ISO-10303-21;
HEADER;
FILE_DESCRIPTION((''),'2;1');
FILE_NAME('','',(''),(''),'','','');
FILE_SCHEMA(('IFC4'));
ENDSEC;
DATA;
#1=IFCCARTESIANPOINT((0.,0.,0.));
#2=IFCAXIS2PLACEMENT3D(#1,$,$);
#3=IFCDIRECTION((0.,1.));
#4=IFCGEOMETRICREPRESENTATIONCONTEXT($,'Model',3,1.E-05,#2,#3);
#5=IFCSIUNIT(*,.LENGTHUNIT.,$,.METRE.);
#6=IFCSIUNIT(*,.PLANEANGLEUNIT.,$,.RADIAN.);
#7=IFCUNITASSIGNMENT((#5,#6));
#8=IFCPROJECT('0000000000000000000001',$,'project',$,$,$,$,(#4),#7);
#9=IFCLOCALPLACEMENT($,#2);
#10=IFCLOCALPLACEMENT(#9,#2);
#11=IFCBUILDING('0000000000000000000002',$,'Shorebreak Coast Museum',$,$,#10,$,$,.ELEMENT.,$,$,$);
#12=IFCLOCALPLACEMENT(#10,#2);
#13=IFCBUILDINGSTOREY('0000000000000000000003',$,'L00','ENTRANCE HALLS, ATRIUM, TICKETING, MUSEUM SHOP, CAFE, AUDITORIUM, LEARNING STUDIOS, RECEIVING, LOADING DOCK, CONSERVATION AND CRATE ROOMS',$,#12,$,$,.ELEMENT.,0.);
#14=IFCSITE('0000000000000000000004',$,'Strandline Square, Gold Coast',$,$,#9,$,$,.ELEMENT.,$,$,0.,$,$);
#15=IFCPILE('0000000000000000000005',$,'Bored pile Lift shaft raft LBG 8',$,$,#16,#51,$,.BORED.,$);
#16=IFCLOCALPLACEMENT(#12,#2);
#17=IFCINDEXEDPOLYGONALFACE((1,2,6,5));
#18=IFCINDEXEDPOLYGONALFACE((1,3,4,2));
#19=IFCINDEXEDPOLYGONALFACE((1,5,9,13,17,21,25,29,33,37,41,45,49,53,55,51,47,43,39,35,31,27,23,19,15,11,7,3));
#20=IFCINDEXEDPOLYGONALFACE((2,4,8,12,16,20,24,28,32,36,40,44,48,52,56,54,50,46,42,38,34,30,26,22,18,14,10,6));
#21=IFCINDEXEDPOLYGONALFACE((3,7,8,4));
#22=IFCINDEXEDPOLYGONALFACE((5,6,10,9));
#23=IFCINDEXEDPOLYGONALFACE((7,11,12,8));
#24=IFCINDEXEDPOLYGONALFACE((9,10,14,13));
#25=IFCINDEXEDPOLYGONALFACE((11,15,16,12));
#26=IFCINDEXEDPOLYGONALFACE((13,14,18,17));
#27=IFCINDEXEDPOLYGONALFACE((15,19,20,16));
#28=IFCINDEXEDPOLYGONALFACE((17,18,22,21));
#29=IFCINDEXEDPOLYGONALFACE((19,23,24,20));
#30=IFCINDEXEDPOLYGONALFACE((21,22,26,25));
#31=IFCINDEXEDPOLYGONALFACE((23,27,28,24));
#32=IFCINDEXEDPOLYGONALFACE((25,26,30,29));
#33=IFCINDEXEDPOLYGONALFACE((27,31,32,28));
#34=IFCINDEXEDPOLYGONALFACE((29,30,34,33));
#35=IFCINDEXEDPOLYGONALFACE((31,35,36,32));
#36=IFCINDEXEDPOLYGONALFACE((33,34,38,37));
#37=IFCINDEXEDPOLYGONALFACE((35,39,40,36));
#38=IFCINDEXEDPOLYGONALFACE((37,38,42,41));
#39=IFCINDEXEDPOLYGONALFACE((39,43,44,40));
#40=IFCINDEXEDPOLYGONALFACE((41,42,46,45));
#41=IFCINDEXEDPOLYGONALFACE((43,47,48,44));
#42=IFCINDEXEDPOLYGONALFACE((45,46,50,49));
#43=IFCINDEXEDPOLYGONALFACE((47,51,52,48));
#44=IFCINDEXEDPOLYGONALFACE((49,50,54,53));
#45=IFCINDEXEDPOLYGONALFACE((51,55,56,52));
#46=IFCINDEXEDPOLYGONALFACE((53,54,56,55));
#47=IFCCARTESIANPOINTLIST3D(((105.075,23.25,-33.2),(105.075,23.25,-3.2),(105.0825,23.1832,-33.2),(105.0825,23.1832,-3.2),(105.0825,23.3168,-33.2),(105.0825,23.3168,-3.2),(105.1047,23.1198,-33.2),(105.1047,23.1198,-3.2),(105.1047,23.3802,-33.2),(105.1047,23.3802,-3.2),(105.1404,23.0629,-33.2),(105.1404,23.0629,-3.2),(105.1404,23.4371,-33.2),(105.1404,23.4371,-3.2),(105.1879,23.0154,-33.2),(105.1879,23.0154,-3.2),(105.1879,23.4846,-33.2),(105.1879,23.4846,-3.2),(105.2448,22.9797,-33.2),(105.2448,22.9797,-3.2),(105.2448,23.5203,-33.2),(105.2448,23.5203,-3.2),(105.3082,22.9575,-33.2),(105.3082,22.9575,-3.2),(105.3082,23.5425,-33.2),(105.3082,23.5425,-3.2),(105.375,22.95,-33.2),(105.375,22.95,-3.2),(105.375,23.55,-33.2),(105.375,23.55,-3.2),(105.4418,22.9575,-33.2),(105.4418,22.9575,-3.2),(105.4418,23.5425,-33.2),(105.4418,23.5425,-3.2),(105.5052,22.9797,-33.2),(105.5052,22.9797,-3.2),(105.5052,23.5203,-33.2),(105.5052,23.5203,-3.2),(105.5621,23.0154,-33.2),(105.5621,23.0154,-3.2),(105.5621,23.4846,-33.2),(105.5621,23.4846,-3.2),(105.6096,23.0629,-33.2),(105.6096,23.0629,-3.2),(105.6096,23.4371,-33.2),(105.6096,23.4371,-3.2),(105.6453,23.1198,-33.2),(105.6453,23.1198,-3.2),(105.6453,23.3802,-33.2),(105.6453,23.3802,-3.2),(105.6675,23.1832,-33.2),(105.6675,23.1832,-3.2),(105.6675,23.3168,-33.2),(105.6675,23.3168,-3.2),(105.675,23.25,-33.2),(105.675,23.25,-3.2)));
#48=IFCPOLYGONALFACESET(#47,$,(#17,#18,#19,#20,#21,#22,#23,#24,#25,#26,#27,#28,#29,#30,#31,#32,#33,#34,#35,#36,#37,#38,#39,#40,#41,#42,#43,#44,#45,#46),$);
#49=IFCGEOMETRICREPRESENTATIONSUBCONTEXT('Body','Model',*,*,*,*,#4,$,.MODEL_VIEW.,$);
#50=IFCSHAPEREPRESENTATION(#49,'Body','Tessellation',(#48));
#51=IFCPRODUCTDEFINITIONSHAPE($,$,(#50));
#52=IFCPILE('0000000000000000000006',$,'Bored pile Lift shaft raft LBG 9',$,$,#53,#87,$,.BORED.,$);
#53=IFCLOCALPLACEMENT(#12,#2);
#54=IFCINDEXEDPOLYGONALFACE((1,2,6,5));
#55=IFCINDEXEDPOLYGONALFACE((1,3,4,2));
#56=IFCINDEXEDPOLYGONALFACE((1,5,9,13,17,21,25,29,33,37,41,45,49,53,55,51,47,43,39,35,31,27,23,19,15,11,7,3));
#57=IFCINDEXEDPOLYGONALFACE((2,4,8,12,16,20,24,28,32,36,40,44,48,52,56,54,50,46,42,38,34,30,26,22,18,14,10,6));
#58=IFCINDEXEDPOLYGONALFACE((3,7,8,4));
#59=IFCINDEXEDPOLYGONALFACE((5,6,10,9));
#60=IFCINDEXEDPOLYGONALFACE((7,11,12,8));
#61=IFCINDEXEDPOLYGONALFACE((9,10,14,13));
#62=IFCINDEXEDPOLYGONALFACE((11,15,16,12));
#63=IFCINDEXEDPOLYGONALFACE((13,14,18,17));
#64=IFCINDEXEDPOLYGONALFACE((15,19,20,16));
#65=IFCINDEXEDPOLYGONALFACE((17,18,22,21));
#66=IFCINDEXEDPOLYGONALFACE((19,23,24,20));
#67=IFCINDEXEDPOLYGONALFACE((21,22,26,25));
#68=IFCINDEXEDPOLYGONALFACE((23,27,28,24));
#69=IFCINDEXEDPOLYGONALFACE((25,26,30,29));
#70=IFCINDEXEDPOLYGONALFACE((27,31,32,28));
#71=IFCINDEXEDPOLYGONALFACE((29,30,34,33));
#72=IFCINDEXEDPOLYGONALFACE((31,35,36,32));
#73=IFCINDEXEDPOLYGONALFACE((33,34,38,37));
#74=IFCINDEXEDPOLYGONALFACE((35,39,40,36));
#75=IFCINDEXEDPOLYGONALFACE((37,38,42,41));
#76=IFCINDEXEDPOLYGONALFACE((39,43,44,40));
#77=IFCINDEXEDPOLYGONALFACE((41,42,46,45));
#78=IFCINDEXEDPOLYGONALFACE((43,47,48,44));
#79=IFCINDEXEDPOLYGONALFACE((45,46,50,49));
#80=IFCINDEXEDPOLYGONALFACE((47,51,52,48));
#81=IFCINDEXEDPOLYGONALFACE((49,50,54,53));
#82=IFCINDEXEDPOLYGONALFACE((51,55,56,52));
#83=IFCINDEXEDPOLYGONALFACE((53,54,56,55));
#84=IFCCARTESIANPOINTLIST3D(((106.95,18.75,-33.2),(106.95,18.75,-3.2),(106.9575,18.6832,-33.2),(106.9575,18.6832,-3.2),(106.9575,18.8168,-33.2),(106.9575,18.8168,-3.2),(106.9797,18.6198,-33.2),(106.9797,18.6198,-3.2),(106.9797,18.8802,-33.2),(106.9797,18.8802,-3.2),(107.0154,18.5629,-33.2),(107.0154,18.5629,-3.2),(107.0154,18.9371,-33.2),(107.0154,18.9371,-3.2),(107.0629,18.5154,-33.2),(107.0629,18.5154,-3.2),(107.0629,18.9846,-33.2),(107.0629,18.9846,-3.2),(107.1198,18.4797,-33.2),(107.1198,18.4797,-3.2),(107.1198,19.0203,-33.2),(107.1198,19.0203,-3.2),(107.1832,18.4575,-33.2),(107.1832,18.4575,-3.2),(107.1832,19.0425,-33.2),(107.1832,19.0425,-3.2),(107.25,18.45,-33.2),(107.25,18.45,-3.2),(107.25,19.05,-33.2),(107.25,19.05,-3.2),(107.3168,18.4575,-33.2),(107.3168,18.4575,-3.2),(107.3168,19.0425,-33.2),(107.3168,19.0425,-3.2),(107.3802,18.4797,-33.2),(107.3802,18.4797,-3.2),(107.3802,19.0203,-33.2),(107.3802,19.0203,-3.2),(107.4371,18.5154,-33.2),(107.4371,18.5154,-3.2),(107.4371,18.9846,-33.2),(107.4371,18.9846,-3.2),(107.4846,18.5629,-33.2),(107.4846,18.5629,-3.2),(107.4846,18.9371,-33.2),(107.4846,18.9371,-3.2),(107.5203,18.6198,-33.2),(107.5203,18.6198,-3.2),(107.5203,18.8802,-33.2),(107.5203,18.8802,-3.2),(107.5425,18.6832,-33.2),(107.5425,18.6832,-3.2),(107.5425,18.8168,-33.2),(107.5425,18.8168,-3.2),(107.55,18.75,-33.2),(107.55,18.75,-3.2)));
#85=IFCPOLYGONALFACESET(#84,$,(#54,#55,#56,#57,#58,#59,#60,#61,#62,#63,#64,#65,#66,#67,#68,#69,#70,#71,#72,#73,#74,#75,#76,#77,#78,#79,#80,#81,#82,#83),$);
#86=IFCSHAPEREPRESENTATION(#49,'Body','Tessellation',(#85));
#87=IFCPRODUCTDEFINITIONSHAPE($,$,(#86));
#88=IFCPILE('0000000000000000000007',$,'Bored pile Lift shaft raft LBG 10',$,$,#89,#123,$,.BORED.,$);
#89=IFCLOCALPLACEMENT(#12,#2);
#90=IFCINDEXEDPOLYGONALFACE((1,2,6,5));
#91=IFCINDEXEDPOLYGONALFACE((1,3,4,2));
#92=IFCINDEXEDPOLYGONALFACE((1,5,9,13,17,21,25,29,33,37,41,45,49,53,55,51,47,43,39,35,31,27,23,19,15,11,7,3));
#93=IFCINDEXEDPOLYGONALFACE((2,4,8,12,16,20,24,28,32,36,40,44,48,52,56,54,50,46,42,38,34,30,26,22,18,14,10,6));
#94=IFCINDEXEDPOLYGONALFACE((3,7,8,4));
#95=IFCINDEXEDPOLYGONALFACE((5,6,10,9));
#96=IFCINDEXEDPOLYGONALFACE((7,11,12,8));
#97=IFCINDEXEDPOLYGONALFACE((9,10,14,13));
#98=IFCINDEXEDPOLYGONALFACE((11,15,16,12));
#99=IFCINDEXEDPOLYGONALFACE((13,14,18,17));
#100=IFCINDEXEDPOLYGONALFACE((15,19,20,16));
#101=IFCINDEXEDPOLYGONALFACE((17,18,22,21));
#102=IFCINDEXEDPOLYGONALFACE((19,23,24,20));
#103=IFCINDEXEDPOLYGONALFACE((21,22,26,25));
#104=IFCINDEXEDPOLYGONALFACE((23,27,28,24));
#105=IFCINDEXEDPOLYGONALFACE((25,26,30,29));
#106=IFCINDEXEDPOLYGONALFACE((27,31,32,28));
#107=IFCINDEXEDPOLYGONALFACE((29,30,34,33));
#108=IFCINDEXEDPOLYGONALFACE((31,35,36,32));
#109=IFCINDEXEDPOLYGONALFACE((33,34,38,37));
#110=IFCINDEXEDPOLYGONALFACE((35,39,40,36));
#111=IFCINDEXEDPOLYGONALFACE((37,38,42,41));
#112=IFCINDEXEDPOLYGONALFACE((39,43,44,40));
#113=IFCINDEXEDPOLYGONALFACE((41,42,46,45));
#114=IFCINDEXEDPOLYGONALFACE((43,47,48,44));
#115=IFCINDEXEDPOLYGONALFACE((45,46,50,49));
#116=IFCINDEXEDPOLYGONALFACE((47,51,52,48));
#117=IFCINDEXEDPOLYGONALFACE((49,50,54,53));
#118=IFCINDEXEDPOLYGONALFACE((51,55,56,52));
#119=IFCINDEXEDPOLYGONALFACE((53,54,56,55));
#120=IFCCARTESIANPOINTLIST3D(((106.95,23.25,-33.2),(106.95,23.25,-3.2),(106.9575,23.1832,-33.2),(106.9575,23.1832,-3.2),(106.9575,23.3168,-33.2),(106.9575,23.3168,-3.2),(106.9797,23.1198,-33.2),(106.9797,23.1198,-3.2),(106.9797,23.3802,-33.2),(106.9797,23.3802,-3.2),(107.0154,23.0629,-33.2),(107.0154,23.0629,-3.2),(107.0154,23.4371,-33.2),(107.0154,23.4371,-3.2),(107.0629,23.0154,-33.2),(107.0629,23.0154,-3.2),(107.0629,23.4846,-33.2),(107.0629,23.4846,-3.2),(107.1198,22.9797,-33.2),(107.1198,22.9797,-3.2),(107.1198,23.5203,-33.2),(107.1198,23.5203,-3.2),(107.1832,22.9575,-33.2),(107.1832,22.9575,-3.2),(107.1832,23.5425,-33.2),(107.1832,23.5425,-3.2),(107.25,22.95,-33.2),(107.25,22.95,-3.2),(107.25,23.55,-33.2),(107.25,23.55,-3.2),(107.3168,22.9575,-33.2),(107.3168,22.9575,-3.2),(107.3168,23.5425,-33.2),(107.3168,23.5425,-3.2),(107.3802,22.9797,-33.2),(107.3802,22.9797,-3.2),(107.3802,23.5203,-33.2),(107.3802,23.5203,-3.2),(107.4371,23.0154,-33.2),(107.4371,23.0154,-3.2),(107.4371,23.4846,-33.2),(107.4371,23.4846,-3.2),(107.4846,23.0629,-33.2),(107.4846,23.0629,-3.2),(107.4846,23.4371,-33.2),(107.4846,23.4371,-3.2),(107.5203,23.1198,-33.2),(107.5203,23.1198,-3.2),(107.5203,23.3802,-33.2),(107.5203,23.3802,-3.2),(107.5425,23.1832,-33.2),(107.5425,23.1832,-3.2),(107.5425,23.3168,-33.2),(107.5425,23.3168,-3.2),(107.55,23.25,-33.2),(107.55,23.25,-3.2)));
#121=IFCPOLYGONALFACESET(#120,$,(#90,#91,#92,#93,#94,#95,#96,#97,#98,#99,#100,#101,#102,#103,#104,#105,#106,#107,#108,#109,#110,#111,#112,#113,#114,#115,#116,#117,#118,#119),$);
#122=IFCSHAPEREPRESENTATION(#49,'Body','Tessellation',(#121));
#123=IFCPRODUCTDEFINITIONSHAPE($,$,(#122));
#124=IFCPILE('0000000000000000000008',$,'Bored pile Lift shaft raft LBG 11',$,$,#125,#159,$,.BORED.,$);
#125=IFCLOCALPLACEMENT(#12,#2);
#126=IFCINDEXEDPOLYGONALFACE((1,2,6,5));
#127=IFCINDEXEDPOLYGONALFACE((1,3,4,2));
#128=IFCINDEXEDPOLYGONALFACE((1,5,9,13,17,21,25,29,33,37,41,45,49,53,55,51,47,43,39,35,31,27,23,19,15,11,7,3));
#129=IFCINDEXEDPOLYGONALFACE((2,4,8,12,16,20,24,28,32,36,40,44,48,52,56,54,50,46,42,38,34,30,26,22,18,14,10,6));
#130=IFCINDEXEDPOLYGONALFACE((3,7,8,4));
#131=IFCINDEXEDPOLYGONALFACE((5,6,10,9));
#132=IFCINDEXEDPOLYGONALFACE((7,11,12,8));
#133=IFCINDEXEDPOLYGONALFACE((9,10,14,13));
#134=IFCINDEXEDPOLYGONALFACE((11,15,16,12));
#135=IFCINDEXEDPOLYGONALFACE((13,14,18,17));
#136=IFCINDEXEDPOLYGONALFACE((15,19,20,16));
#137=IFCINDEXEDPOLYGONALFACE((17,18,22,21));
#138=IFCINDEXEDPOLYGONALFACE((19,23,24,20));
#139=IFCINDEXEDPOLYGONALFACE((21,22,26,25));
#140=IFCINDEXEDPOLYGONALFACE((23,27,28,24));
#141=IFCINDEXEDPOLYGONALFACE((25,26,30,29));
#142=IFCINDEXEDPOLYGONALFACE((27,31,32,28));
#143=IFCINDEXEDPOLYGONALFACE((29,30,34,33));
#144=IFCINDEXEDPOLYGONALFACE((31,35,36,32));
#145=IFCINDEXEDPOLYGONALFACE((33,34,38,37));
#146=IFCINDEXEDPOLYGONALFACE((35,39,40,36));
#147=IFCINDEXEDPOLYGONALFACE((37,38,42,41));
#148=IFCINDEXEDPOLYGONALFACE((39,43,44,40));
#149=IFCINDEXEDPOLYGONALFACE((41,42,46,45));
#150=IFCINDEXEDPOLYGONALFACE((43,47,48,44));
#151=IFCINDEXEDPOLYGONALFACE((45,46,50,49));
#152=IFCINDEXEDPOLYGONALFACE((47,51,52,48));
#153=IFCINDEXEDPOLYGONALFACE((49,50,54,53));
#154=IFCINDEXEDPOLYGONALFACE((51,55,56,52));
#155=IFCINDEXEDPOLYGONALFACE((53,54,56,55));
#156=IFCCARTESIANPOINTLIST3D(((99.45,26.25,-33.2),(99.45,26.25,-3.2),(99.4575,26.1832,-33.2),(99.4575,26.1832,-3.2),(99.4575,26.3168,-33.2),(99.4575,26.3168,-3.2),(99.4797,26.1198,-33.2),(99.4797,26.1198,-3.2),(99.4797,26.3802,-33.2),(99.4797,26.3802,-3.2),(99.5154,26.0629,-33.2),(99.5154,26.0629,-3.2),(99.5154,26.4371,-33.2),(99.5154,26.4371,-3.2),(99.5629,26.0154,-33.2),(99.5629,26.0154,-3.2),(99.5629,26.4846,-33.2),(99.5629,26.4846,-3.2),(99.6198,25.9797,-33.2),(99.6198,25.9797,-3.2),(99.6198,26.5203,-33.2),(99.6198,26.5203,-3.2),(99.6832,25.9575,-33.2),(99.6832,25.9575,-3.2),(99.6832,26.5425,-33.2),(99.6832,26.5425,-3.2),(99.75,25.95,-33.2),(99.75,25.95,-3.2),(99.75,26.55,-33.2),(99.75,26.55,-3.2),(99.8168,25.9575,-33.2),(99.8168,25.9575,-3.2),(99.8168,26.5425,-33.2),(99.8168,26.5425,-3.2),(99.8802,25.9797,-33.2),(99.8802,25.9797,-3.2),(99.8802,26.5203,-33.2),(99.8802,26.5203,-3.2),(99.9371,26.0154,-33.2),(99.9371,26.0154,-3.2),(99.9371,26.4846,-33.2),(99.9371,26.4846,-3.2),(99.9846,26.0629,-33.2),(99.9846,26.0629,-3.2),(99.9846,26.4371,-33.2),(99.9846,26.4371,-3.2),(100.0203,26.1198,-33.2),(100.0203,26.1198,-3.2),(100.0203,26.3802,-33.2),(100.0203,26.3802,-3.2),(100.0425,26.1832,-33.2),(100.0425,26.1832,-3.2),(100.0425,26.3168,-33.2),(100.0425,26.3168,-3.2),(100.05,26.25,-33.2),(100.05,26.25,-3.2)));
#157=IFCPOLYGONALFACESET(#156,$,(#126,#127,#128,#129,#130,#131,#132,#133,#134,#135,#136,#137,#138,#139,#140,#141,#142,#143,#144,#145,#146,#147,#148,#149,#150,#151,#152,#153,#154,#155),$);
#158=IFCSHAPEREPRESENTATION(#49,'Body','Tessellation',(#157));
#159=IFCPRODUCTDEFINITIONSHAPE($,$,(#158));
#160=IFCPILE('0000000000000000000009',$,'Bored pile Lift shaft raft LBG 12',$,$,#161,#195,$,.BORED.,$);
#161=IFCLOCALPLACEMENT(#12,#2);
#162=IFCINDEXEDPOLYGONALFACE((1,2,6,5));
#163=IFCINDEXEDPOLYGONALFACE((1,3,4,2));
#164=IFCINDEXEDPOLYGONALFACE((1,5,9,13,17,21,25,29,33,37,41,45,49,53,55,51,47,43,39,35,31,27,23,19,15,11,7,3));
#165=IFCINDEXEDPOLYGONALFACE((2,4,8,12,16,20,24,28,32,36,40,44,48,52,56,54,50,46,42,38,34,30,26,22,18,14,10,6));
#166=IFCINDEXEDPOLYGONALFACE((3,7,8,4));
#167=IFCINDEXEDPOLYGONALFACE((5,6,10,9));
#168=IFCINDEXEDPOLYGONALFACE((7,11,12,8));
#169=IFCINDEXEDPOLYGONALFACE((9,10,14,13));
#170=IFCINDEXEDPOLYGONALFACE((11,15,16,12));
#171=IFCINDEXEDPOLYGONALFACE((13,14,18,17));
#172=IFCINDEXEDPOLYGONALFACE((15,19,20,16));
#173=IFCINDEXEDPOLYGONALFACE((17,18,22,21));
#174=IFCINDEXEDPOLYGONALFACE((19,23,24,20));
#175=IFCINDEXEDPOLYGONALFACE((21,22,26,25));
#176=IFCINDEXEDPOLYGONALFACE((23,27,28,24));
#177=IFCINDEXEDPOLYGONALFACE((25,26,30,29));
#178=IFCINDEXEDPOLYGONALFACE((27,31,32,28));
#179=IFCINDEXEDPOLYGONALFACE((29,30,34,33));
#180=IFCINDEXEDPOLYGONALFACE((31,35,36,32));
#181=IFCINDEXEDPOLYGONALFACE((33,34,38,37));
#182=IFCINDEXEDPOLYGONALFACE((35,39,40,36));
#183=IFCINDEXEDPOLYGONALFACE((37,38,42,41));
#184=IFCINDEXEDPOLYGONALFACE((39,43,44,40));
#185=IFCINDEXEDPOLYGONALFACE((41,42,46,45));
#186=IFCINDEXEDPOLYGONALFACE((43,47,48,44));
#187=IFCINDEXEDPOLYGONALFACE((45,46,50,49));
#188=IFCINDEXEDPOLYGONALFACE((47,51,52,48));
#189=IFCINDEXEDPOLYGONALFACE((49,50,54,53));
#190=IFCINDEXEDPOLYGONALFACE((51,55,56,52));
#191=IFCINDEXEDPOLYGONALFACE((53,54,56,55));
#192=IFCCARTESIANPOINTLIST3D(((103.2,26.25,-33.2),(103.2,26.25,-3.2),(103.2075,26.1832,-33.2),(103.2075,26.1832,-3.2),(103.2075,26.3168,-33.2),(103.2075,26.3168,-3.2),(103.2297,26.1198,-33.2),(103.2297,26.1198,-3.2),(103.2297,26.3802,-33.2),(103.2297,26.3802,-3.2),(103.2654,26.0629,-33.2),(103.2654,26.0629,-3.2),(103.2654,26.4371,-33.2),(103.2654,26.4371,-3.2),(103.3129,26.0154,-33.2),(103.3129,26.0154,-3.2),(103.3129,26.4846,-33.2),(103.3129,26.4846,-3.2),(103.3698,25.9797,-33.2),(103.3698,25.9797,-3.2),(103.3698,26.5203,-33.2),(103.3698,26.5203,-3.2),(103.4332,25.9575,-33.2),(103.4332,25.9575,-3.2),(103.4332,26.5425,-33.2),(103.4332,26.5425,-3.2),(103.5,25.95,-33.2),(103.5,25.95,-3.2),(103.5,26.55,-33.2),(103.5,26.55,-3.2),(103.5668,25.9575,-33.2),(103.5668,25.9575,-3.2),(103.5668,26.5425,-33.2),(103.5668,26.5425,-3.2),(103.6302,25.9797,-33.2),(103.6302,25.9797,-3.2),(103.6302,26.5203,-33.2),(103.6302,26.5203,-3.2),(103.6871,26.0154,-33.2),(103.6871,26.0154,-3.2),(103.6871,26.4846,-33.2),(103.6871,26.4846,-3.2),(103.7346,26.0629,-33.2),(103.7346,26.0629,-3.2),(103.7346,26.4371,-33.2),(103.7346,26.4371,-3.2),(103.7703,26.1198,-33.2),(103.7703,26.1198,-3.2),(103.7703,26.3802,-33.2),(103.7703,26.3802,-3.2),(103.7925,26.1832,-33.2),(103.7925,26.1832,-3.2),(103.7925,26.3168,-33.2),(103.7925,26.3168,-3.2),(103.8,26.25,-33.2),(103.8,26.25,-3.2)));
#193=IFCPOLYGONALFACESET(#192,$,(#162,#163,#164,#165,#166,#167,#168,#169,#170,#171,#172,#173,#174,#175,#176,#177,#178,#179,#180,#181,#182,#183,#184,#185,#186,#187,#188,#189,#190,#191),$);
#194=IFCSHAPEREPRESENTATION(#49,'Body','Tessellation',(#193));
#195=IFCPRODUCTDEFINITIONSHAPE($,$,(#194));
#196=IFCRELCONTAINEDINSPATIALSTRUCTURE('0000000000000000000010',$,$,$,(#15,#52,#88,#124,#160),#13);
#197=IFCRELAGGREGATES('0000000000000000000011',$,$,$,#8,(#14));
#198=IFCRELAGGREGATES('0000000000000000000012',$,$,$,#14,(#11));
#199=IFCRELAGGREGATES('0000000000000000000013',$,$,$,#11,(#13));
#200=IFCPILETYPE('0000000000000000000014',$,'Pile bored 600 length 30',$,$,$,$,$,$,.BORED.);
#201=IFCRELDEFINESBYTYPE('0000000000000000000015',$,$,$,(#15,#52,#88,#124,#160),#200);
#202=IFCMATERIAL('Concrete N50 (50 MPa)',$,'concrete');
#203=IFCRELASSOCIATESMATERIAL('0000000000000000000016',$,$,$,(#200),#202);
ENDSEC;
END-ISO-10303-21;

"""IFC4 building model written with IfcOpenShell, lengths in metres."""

from ifc_helpers import new_model, si_unit, direction, frame, origin, origin_2d, place, context, subcontext, project, spatial, circle, extrude, material, material_profile, profile_set, type_object, element, save


model = new_model("IFC4")

# Units and contexts
model_context = context("Model", 3, precision=1e-05, world=origin(), true_north=direction((0.0, 1.0)))
body_context = subcontext(model_context, "Body", "Model", "MODEL_VIEW")
ifc_project = project(units=[si_unit("LENGTHUNIT", "METRE"), si_unit("PLANEANGLEUNIT", "RADIAN")], contexts=[model_context])

# Site, building, storey
site_placement = place(None, origin())
site = spatial("IfcSite", under=ifc_project, at=site_placement, Name="Strandline Square, Gold Coast", CompositionType="ELEMENT", RefElevation=0.0)
building_placement = place(site_placement, origin())
building = spatial("IfcBuilding", under=site, at=building_placement, Name="Shorebreak Coast Museum", CompositionType="ELEMENT")
storey_placement = place(building_placement, origin())
storey = spatial("IfcBuildingStorey", under=building, at=storey_placement, Name="L00", Description="ENTRANCE HALLS, ATRIUM, TICKETING, MUSEUM SHOP, CAFE, AUDITORIUM, LEARNING STUDIOS, RECEIVING, LOADING DOCK, CONSERVATION AND CRATE ROOMS", CompositionType="ELEMENT", Elevation=0.0)

# Piles
ifc_material_1 = material(Name="Concrete N50 (50 MPa)", Category="concrete")
ifc_material_profile_1 = material_profile(ifc_material_1, circle(Radius=0.3, at=origin_2d()), Name="Pile bored 600 length 30")
ifc_profile_set_1 = profile_set([ifc_material_profile_1], Name="Concrete N50 (50 MPa)")
pile_type = type_object("IfcPileType", Name="Pile bored 600 length 30", PredefinedType="BORED", material=ifc_profile_set_1)
for number, where, z_axis, x_axis, name in (
    (1, (105.375, 23.25, -3.2), (0.0, 0.0, -1.0), (1.0, 0.0, 0.0), "Bored pile Lift shaft raft LBG 8"),
    (2, (107.25, 18.75, -3.2), (0.0, 0.0, -1.0), (1.0, 0.0, 0.0), "Bored pile Lift shaft raft LBG 9"),
    (3, (107.25, 23.25, -3.2), (0.0, 0.0, -1.0), (1.0, 0.0, 0.0), "Bored pile Lift shaft raft LBG 10"),
    (4, (99.75, 26.25, -3.2), (0.0, 0.0, -1.0), (1.0, 0.0, 0.0), "Bored pile Lift shaft raft LBG 11"),
    (5, (103.5, 26.25, -3.2), (0.0, 0.0, -1.0), (1.0, 0.0, 0.0), "Bored pile Lift shaft raft LBG 12"),
):
    element("IfcPile", number, at=place(storey_placement, frame(where, z_axis=z_axis, x_axis=x_axis)), inside=storey, type_object=pile_type, Name=name, PredefinedType="BORED", context=body_context, shape_type="SweptSolid", body=[
        extrude(circle(Radius=0.3, at=origin_2d()), origin(), (0.0, 0.0, 1.0), 30.0),
    ])

save(model, "model.ifc")
